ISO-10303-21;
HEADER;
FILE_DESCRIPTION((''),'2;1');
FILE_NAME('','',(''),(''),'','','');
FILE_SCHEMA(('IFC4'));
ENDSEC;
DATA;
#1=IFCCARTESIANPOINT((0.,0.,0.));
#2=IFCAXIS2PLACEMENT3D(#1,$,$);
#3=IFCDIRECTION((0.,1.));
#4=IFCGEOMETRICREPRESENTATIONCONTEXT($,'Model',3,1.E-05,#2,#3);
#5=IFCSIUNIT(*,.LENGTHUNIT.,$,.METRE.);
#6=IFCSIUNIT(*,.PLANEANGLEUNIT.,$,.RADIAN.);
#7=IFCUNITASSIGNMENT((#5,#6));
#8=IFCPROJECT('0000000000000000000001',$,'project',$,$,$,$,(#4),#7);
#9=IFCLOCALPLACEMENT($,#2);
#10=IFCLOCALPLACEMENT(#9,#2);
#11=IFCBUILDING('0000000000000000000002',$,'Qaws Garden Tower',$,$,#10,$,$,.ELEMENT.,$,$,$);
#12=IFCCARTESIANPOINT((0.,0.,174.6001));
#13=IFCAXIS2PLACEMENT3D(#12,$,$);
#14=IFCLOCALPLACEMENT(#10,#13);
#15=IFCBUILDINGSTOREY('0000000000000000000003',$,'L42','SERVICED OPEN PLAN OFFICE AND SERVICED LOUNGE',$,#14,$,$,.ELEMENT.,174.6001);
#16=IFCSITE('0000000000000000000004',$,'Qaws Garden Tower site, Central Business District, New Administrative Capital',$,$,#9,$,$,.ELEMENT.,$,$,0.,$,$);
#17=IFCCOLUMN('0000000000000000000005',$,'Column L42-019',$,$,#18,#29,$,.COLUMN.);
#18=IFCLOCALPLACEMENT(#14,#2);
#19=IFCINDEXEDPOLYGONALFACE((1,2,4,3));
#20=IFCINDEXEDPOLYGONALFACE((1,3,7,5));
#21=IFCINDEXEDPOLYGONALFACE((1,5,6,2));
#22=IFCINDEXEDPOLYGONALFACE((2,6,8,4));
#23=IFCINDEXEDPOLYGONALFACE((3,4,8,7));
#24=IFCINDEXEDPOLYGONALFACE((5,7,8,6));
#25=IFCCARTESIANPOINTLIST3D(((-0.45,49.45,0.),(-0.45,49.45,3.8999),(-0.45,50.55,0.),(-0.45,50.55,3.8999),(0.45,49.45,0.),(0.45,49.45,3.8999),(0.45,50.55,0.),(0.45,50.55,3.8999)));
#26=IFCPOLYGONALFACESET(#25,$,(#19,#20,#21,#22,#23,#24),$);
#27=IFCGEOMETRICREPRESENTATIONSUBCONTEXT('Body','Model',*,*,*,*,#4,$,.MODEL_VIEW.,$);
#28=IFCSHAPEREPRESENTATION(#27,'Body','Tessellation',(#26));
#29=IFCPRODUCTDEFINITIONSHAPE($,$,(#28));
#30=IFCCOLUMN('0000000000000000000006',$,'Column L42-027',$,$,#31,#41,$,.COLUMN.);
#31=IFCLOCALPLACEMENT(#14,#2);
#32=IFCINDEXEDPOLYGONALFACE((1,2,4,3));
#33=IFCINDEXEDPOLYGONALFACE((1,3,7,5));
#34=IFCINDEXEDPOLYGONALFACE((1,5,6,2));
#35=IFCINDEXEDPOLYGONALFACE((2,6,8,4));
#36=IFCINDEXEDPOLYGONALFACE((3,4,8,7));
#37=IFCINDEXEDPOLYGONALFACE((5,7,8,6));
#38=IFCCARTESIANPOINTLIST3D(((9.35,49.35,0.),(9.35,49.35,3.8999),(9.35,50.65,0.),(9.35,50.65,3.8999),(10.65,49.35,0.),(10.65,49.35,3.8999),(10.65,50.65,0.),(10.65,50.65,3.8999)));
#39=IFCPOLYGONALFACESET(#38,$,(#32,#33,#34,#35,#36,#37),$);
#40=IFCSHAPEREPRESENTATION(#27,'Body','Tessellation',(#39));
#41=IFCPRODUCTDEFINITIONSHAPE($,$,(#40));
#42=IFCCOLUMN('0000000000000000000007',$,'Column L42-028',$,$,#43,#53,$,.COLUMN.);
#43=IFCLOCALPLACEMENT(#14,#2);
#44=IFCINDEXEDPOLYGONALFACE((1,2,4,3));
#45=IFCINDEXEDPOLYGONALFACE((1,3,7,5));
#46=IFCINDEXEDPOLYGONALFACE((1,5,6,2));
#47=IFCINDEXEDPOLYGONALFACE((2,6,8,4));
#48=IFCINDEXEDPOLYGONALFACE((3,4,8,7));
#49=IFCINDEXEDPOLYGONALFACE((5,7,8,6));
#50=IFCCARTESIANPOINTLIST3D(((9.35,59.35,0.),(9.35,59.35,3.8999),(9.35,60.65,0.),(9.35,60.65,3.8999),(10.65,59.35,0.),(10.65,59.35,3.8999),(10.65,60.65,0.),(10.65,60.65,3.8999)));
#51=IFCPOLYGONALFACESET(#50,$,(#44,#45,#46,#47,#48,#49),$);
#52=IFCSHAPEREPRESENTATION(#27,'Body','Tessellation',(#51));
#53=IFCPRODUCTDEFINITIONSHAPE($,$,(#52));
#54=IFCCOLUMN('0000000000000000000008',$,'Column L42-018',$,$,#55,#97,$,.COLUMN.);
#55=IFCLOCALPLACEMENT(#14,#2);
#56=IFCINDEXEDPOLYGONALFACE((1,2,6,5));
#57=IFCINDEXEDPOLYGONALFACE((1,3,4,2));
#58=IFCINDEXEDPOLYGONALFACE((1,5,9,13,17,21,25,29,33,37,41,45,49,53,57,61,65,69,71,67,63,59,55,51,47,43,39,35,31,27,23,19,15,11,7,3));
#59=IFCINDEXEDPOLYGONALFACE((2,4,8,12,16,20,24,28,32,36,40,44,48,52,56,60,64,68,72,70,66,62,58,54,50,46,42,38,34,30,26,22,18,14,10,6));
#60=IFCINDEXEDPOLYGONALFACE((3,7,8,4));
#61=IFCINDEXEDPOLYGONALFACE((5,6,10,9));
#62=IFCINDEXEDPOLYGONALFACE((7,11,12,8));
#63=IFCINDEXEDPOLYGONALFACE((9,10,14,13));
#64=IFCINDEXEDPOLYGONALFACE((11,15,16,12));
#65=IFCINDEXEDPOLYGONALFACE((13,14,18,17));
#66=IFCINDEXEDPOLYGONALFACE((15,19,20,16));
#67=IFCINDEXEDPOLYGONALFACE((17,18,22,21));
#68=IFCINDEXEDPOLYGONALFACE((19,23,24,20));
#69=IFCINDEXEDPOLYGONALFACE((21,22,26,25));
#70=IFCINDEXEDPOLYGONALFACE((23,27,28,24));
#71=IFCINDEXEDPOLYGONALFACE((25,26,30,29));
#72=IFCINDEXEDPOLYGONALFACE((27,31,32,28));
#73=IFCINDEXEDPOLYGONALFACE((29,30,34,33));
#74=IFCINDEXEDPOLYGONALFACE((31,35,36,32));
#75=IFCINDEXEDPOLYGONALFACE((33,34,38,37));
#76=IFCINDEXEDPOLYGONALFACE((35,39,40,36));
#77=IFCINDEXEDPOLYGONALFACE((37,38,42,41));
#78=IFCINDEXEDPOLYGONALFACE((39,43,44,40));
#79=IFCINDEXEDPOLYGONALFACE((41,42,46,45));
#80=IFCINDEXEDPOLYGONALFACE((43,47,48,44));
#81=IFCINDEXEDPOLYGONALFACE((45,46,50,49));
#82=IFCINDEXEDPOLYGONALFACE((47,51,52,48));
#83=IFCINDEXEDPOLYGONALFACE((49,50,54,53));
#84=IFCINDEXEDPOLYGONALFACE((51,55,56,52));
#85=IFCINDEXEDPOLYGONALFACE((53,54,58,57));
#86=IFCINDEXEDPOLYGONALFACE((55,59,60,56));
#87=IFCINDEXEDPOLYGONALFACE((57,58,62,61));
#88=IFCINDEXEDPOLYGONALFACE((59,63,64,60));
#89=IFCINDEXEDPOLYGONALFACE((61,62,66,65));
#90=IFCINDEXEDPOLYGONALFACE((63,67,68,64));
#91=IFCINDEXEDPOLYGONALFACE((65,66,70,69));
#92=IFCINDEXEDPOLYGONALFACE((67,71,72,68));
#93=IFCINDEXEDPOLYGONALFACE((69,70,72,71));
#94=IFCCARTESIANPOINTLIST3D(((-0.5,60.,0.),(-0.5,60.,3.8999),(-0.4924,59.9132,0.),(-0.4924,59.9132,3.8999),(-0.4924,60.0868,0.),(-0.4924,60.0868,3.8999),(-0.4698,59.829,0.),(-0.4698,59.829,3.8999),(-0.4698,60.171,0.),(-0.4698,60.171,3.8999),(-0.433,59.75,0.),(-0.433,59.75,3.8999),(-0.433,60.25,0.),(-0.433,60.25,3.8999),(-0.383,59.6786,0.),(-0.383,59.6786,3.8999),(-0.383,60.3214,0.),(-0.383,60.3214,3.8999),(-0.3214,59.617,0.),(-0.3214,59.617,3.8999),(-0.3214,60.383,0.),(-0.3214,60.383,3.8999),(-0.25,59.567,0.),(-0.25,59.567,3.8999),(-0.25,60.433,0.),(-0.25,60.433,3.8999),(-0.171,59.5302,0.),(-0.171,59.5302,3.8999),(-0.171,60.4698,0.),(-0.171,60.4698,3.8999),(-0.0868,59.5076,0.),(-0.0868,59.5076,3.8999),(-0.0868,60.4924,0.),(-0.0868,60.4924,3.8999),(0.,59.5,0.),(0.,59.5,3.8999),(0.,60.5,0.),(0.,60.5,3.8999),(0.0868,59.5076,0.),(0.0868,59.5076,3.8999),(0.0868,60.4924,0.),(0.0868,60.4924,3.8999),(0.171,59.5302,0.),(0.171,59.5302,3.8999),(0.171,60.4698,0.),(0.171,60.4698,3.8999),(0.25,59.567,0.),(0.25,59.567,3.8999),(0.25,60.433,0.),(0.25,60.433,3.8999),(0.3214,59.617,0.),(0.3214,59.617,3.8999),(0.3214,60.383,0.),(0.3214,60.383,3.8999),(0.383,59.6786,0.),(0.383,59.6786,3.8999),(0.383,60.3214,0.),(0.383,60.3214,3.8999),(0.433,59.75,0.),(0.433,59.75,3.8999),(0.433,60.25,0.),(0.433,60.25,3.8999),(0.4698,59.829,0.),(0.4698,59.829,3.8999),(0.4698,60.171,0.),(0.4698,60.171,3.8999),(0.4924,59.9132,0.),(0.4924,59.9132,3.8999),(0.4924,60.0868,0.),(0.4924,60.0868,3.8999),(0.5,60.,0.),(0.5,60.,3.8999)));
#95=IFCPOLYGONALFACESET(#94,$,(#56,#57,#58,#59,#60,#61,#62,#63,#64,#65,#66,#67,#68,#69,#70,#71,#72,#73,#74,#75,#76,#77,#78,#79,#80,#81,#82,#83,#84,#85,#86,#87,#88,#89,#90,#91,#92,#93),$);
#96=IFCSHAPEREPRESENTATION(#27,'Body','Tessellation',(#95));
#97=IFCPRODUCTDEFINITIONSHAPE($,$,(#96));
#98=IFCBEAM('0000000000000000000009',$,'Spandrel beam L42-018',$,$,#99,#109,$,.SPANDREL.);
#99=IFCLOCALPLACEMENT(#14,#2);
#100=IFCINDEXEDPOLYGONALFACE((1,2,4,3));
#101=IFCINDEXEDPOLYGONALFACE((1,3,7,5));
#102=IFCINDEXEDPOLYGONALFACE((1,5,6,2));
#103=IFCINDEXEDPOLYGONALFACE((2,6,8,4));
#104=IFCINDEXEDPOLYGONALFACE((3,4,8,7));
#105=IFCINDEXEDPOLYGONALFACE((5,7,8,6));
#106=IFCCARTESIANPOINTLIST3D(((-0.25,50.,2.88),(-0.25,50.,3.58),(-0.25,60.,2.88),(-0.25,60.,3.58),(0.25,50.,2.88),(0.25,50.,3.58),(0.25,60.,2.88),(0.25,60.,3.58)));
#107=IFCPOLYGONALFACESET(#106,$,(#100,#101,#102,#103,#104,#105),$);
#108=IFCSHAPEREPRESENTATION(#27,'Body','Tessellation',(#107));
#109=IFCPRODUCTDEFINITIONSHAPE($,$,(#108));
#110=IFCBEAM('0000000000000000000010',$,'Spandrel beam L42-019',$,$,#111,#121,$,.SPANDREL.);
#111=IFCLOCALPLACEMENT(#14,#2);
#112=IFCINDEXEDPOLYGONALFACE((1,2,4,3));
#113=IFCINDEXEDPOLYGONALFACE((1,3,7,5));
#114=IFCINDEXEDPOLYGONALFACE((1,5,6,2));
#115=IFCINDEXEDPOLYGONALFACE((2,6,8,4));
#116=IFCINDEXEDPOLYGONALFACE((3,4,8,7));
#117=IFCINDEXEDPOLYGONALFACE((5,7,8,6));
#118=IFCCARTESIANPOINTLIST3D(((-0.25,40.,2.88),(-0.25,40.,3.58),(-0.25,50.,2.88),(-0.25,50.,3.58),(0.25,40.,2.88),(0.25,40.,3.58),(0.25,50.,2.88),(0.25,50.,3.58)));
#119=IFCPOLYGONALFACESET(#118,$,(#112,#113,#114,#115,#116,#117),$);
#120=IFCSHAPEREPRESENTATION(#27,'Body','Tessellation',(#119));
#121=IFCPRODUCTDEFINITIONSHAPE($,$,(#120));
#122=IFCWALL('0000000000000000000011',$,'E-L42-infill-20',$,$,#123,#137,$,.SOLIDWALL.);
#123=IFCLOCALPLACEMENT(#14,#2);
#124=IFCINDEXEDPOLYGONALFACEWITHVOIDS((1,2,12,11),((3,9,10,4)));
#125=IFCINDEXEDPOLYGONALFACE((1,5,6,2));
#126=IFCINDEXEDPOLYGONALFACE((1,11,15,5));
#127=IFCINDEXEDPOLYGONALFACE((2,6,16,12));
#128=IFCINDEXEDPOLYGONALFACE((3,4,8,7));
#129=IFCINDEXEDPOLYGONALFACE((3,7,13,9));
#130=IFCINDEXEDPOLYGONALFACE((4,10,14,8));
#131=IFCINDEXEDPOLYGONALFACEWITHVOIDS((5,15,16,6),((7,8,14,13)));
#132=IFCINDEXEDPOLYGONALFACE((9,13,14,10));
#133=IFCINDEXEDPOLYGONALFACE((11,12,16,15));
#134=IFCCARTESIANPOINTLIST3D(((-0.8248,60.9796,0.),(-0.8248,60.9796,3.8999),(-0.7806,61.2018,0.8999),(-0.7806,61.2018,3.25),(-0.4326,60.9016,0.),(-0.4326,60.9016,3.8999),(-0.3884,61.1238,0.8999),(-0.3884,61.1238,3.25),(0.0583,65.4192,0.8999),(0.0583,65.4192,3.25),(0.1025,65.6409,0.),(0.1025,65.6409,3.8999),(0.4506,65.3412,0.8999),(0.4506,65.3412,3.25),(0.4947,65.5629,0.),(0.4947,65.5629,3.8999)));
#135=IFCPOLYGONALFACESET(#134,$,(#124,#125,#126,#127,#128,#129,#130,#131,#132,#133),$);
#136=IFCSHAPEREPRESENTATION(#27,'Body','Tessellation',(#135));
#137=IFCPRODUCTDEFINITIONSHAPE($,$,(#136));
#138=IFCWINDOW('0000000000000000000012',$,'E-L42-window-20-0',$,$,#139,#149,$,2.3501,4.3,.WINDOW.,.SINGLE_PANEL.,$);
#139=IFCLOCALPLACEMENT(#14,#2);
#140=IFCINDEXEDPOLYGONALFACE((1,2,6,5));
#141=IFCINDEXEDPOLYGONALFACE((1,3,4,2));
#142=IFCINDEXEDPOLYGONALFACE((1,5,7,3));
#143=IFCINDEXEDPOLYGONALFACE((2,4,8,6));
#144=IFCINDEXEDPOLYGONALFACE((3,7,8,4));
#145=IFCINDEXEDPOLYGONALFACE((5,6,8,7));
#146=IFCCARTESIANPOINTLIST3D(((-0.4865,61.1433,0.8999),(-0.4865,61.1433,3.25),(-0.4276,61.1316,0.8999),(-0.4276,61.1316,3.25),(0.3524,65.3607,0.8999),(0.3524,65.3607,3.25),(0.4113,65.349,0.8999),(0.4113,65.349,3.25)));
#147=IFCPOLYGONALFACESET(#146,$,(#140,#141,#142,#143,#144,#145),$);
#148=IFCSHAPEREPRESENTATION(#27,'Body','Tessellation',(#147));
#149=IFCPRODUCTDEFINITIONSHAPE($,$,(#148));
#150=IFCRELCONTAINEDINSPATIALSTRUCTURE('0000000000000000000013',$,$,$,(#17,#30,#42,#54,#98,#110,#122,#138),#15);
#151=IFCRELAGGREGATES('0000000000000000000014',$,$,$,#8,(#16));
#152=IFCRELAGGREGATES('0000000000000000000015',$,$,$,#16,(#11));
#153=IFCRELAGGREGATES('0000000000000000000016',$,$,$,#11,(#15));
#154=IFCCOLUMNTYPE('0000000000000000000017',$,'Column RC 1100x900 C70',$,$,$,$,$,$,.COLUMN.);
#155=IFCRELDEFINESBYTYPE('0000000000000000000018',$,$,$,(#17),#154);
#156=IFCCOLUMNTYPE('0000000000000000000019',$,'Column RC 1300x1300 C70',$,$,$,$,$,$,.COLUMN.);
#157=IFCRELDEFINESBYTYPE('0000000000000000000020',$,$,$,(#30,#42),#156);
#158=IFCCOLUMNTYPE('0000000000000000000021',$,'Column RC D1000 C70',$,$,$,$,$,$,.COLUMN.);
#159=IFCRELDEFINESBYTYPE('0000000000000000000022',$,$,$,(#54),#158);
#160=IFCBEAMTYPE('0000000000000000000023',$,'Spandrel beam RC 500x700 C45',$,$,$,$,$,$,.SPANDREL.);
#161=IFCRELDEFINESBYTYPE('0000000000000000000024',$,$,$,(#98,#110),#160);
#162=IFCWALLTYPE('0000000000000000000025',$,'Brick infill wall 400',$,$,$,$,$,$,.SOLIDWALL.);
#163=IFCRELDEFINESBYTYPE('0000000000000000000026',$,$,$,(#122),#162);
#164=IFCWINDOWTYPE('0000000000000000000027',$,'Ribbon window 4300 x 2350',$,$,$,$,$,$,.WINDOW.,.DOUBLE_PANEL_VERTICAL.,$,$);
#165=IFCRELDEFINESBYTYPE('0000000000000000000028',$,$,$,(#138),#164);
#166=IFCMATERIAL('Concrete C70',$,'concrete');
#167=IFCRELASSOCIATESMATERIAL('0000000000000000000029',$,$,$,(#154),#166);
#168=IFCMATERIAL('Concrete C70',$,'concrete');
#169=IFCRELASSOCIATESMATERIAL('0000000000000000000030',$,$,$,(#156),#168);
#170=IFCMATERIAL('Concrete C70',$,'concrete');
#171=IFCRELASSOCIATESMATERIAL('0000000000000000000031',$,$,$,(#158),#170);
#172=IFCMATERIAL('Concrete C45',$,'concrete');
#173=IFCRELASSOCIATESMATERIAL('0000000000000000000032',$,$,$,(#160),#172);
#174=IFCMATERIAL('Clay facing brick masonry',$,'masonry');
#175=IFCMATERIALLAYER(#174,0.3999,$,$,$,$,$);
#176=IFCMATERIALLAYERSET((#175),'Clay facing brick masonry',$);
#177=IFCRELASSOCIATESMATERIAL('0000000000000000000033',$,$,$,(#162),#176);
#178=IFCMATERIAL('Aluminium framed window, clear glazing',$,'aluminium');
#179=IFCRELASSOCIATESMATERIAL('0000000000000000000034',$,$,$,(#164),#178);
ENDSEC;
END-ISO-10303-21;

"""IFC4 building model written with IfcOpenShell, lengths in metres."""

from ifc_helpers import new_model, si_unit, direction, frame, frame_2d, origin, origin_2d, place, context, subcontext, project, spatial, rectangle, circle, extrude, material, layer, layer_set, material_profile, profile_set, type_object, element, fill, save


model = new_model("IFC4")

# Units and contexts
model_context = context("Model", 3, precision=1e-05, world=origin(), true_north=direction((0.0, 1.0)))
body_context = subcontext(model_context, "Body", "Model", "MODEL_VIEW")
ifc_project = project(units=[si_unit("LENGTHUNIT", "METRE"), si_unit("PLANEANGLEUNIT", "RADIAN")], contexts=[model_context])

# Site, building, storey
site_placement = place(None, origin())
site = spatial("IfcSite", under=ifc_project, at=site_placement, Name="Qaws Garden Tower site, Central Business District, New Administrative Capital", CompositionType="ELEMENT", RefElevation=0.0)
building_placement = place(site_placement, origin())
building = spatial("IfcBuilding", under=site, at=building_placement, Name="Qaws Garden Tower", CompositionType="ELEMENT")
storey_placement = place(building_placement, frame((0.0, 0.0, 174.6001)))
storey = spatial("IfcBuildingStorey", under=building, at=storey_placement, Name="L42", Description="SERVICED OPEN PLAN OFFICE AND SERVICED LOUNGE", CompositionType="ELEMENT", Elevation=174.6001)

# Columns
ifc_material_1 = material(Name="Concrete C70", Category="concrete")
ifc_material_profile_1 = material_profile(ifc_material_1, rectangle(XDim=1.1001, YDim=0.8999, at=origin_2d()), Name="RC 1100x900")
ifc_profile_set_1 = profile_set([ifc_material_profile_1], Name="Concrete C70")
column_type_1 = type_object("IfcColumnType", Name="Column RC 1100x900 C70", PredefinedType="COLUMN", material=ifc_profile_set_1)
column_1_placement = place(storey_placement, frame((0.0, 50.0, 0.0), z_axis=(0.0, 0.0, 1.0), x_axis=(0.0, 1.0, 0.0)))
element("IfcColumn", 1, at=column_1_placement, inside=storey, type_object=column_type_1, Name="Column L42-019", PredefinedType="COLUMN", context=body_context, shape_type="SweptSolid", body=[
    extrude(rectangle(XDim=1.1001, YDim=0.8999, at=origin_2d()), origin(), (0.0, 0.0, 1.0), 3.8999),
])
ifc_material_2 = material(Name="Concrete C70", Category="concrete")
ifc_material_profile_2 = material_profile(ifc_material_2, rectangle(XDim=1.3, YDim=1.3, at=origin_2d()), Name="RC 1300x1300")
ifc_profile_set_2 = profile_set([ifc_material_profile_2], Name="Concrete C70")
column_type_2 = type_object("IfcColumnType", Name="Column RC 1300x1300 C70", PredefinedType="COLUMN", material=ifc_profile_set_2)
for number, where, z_axis, x_axis, name in (
    (2, (10.0, 50.0, 0.0), (0.0, 0.0, 1.0), (1.0, 0.0, 0.0), "Column L42-027"),
    (3, (10.0, 60.0, 0.0), (0.0, 0.0, 1.0), (1.0, 0.0, 0.0), "Column L42-028"),
):
    element("IfcColumn", number, at=place(storey_placement, frame(where, z_axis=z_axis, x_axis=x_axis)), inside=storey, type_object=column_type_2, Name=name, PredefinedType="COLUMN", context=body_context, shape_type="SweptSolid", body=[
        extrude(rectangle(XDim=1.3, YDim=1.3, at=origin_2d()), origin(), (0.0, 0.0, 1.0), 3.8999),
    ])
ifc_material_3 = material(Name="Concrete C70", Category="concrete")
ifc_material_profile_3 = material_profile(ifc_material_3, circle(Radius=0.5, at=origin_2d()), Name="RC D1000")
ifc_profile_set_3 = profile_set([ifc_material_profile_3], Name="Concrete C70")
column_type_3 = type_object("IfcColumnType", Name="Column RC D1000 C70", PredefinedType="COLUMN", material=ifc_profile_set_3)
column_2_placement = place(storey_placement, frame((0.0, 60.0, 0.0), z_axis=(0.0, 0.0, 1.0), x_axis=(1.0, 0.0, 0.0)))
element("IfcColumn", 4, at=column_2_placement, inside=storey, type_object=column_type_3, Name="Column L42-018", PredefinedType="COLUMN", context=body_context, shape_type="SweptSolid", body=[
    extrude(circle(Radius=0.5, at=origin_2d()), origin(), (0.0, 0.0, 1.0), 3.8999),
])

# Beams
ifc_material_4 = material(Name="Concrete C45", Category="concrete")
ifc_material_profile_4 = material_profile(ifc_material_4, rectangle(XDim=0.5, YDim=0.7, at=origin_2d()), Name="RC 500x700")
ifc_profile_set_4 = profile_set([ifc_material_profile_4], Name="Concrete C45")
beam_type = type_object("IfcBeamType", Name="Spandrel beam RC 500x700 C45", PredefinedType="SPANDREL", material=ifc_profile_set_4)
for number, where, z_axis, x_axis, name in (
    (5, (0.0, 60.0, 3.23), (0.0, -1.0, 0.0), (1.0, 0.0, 0.0), "Spandrel beam L42-018"),
    (6, (0.0, 50.0, 3.23), (0.0, -1.0, 0.0), (1.0, 0.0, 0.0), "Spandrel beam L42-019"),
):
    element("IfcBeam", number, at=place(storey_placement, frame(where, z_axis=z_axis, x_axis=x_axis)), inside=storey, type_object=beam_type, Name=name, PredefinedType="SPANDREL", context=body_context, shape_type="SweptSolid", body=[
        extrude(rectangle(XDim=0.5, YDim=0.7, at=origin_2d()), origin(), (0.0, 0.0, 1.0), 10.0),
    ])

# Wall, opening, window
ifc_material_5 = material(Name="Clay facing brick masonry", Category="masonry")
ifc_layer_1 = layer(ifc_material_5, 0.3999)
ifc_layer_set_1 = layer_set([ifc_layer_1], Name="Clay facing brick masonry")
wall_type_1 = type_object("IfcWallType", Name="Brick infill wall 400", PredefinedType="SOLIDWALL", material=ifc_layer_set_1)
wall_1_placement = place(storey_placement, frame((0.2986, 65.6021, 0.0), z_axis=(0.0, 0.0, 1.0), x_axis=(-0.195099, -0.980784, 0.0)))
wall_1 = element("IfcWall", 7, at=wall_1_placement, inside=storey, type_object=wall_type_1, Name="E-L42-infill-20", PredefinedType="SOLIDWALL", context=body_context, shape_type="SweptSolid", body=[
    extrude(rectangle(XDim=4.7527, YDim=0.3999, at=frame_2d((2.3765, 0.0))), origin(), (0.0, 0.0, 1.0), 3.8999),
])
opening_1_placement = place(wall_1_placement, frame((0.2263, 0.0, 0.8999)))
opening_1 = element("IfcOpeningElement", 8, at=opening_1_placement, cuts=wall_1, PredefinedType="OPENING", context=body_context, shape_type="SweptSolid", body=[
    extrude(rectangle(XDim=4.3, YDim=2.3501, at=frame_2d((2.1499, 1.175))), frame((0.0, 0.21, 0.0), z_axis=(0.0, -1.0, 0.0), x_axis=(1.0, 0.0, 0.0)), (0.0, 0.0, 1.0), 0.4199),
])
ifc_material_6 = material(Name="Aluminium framed window, clear glazing", Category="aluminium")
window_type_1 = type_object("IfcWindowType", Name="Ribbon window 4300 x 2350", PartitioningType="DOUBLE_PANEL_VERTICAL", PredefinedType="WINDOW", material=ifc_material_6)
window_1_placement = place(opening_1_placement, origin())
window_1 = element("IfcWindow", 9, at=window_1_placement, inside=storey, type_object=window_type_1, Name="E-L42-window-20-0", OverallHeight=2.3501, OverallWidth=4.3, PartitioningType="SINGLE_PANEL", PredefinedType="WINDOW", context=body_context, shape_type="SweptSolid", body=[
    extrude(rectangle(XDim=4.3, YDim=2.3501, at=frame_2d((2.1499, 1.175))), frame((0.0, 0.1599, 0.0), z_axis=(0.0, -1.0, 0.0), x_axis=(1.0, 0.0, 0.0)), (0.0, 0.0, 1.0), 0.0601),
])
fill(opening_1, window_1)

save(model, "model.ifc")
